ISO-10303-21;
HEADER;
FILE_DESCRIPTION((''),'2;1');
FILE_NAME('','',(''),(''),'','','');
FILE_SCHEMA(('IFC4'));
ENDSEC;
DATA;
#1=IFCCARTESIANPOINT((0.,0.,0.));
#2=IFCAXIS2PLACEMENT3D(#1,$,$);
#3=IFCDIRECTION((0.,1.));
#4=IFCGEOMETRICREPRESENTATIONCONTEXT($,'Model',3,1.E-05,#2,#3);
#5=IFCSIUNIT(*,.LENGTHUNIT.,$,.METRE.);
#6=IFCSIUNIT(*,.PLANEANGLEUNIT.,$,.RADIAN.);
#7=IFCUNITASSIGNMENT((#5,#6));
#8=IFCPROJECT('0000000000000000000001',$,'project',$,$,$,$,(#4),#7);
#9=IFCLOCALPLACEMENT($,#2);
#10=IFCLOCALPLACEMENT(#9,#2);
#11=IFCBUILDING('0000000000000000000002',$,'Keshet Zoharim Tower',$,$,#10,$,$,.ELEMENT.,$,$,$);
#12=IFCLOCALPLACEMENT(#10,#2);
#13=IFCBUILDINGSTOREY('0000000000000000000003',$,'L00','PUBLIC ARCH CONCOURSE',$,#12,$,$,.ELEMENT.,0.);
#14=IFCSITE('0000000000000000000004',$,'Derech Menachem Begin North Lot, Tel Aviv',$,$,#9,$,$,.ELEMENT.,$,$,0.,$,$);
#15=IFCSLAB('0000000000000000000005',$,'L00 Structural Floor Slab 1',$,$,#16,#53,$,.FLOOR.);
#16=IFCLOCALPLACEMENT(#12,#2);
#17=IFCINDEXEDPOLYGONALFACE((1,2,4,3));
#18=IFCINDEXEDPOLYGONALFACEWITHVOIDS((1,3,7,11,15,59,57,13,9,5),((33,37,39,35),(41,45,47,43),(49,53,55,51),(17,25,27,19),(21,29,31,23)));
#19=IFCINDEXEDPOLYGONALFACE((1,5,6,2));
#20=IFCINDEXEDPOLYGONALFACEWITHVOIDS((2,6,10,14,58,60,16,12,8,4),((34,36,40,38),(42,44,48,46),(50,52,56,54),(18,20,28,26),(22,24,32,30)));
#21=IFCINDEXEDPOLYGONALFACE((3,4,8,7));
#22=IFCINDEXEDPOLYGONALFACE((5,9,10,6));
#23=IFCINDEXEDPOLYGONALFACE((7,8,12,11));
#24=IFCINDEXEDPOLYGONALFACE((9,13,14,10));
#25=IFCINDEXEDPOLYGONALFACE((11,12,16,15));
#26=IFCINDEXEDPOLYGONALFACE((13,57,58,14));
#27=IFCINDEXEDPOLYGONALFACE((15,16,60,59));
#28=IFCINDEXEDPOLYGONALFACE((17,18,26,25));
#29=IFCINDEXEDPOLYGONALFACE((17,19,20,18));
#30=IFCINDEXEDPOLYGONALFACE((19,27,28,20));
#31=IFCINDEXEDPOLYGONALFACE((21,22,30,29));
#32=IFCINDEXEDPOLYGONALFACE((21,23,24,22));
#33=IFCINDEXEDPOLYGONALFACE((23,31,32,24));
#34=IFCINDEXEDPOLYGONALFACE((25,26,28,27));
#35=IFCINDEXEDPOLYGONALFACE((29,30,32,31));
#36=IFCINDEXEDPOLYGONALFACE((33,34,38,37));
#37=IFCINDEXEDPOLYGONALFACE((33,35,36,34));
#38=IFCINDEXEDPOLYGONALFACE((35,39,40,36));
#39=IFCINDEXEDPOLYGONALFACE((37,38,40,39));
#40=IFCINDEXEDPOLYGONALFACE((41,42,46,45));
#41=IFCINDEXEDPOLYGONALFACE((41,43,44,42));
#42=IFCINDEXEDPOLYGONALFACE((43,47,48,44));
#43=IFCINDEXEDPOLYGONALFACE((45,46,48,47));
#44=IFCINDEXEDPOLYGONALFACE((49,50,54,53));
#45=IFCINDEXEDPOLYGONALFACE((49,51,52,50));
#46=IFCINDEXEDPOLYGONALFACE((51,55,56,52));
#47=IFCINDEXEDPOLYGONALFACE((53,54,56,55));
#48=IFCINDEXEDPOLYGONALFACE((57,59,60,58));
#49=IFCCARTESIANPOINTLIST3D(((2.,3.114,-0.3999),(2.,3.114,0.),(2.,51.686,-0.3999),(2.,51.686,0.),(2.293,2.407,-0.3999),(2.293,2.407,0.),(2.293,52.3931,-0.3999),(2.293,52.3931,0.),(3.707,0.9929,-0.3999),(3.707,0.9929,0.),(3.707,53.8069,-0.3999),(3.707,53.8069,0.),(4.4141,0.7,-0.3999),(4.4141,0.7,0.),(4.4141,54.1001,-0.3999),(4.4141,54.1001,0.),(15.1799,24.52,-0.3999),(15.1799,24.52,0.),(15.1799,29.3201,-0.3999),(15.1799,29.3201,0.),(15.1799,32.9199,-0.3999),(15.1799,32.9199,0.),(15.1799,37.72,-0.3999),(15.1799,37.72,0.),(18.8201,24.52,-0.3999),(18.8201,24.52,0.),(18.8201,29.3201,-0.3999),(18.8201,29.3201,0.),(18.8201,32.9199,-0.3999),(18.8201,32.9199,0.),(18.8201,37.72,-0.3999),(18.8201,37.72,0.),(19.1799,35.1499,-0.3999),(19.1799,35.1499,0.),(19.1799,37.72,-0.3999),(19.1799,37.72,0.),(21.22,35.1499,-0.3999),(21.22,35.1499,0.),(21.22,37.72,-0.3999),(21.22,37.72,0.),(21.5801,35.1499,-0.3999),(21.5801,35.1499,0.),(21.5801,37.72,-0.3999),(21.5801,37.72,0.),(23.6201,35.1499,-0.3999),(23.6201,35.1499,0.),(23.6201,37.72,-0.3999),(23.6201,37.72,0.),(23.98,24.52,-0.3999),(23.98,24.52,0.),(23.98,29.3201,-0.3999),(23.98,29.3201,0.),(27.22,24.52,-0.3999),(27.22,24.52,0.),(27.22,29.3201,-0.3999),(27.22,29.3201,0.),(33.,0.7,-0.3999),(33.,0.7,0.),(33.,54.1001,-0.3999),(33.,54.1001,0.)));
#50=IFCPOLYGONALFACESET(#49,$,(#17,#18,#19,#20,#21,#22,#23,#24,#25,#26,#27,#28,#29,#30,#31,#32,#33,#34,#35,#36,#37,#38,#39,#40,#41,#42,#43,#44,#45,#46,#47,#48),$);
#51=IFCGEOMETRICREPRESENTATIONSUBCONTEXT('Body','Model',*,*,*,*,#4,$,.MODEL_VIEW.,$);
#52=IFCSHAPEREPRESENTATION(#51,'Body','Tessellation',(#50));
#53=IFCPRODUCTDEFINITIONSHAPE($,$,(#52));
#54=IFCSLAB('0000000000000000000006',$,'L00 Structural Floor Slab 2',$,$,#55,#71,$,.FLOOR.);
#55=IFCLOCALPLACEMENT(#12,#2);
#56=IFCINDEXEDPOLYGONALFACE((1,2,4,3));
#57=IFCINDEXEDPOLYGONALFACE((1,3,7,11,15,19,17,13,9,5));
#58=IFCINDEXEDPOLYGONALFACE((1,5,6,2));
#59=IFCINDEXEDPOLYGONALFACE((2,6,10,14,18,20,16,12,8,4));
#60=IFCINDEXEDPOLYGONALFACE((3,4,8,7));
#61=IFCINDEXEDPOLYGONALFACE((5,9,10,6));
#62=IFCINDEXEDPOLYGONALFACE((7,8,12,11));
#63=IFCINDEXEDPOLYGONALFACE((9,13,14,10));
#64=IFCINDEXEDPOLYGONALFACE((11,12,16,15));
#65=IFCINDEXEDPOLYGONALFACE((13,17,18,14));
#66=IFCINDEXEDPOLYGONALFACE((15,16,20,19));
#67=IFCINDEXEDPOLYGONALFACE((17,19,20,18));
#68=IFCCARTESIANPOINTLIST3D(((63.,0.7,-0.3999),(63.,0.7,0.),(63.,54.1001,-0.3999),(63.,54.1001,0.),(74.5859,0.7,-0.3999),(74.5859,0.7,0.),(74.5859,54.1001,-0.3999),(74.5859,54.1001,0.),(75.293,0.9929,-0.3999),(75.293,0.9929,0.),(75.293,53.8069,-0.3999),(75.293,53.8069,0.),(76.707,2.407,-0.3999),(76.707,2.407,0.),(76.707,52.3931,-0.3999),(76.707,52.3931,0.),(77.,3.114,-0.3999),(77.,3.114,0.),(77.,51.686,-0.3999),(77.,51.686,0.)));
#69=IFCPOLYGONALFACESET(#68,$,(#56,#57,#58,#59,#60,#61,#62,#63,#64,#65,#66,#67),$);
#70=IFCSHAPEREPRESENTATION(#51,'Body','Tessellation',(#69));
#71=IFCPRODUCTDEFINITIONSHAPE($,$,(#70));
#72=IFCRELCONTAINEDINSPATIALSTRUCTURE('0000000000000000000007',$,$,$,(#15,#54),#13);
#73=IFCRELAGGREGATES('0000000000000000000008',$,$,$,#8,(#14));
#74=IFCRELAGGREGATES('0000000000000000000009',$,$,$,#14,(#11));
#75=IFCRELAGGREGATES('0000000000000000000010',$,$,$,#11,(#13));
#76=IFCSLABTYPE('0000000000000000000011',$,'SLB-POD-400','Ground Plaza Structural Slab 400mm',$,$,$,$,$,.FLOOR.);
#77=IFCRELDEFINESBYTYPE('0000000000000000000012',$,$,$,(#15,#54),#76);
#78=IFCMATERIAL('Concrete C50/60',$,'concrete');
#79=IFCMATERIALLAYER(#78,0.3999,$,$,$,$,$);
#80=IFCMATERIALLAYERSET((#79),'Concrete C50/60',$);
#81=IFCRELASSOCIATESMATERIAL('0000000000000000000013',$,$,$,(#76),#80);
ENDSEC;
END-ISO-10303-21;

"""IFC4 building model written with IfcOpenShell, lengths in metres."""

from ifc_helpers import new_model, si_unit, direction, frame, origin, place, context, subcontext, project, spatial, polyline, outline, extrude, material, layer, layer_set, type_object, element, save


model = new_model("IFC4")

# Units and contexts
model_context = context("Model", 3, precision=1e-05, world=origin(), true_north=direction((0.0, 1.0)))
body_context = subcontext(model_context, "Body", "Model", "MODEL_VIEW")
ifc_project = project(units=[si_unit("LENGTHUNIT", "METRE"), si_unit("PLANEANGLEUNIT", "RADIAN")], contexts=[model_context])

# Site, building, storey
site_placement = place(None, origin())
site = spatial("IfcSite", under=ifc_project, at=site_placement, Name="Derech Menachem Begin North Lot, Tel Aviv", CompositionType="ELEMENT", RefElevation=0.0)
building_placement = place(site_placement, origin())
building = spatial("IfcBuilding", under=site, at=building_placement, Name="Keshet Zoharim Tower", CompositionType="ELEMENT")
storey_placement = place(building_placement, origin())
storey = spatial("IfcBuildingStorey", under=building, at=storey_placement, Name="L00", Description="PUBLIC ARCH CONCOURSE", CompositionType="ELEMENT", Elevation=0.0)

# Shared definitions
ifc_material_1 = material(Name="Concrete C50/60", Category="concrete")

# Slabs
ifc_layer_1 = layer(ifc_material_1, 0.3999)
ifc_layer_set_1 = layer_set([ifc_layer_1], Name="Concrete C50/60")
slab_type_1 = type_object("IfcSlabType", Name="SLB-POD-400", Description="Ground Plaza Structural Slab 400mm", PredefinedType="FLOOR", material=ifc_layer_set_1)
slab_1_placement = place(storey_placement, frame((0.0, 0.0, -0.3999)))
element("IfcSlab", 1, at=slab_1_placement, inside=storey, type_object=slab_type_1, Name="L00 Structural Floor Slab 1", PredefinedType="FLOOR", context=body_context, shape_type="SweptSolid", body=[
    extrude(outline(polyline([(2.0, 3.114), (2.0, 51.686), (2.293, 52.3931), (3.707, 53.8069), (4.4141, 54.1001), (33.0, 54.1001), (33.0, 0.7), (4.4141, 0.7), (3.707, 0.9929), (2.293, 2.407), (2.0, 3.114)]), holes=[polyline([(15.1799, 24.52), (18.8201, 24.52), (18.8201, 29.3201), (15.1799, 29.3201), (15.1799, 24.52)]), polyline([(15.1799, 32.9199), (18.8201, 32.9199), (18.8201, 37.72), (15.1799, 37.72), (15.1799, 32.9199)]), polyline([(23.98, 24.52), (27.22, 24.52), (27.22, 29.3201), (23.98, 29.3201), (23.98, 24.52)]), polyline([(19.1799, 35.1499), (21.22, 35.1499), (21.22, 37.72), (19.1799, 37.72), (19.1799, 35.1499)]), polyline([(21.5801, 35.1499), (23.6201, 35.1499), (23.6201, 37.72), (21.5801, 37.72), (21.5801, 35.1499)])]), origin(), (0.0, 0.0, 1.0), 0.3999),
])
slab_2_placement = place(storey_placement, frame((0.0, 0.0, -0.3999)))
element("IfcSlab", 2, at=slab_2_placement, inside=storey, type_object=slab_type_1, Name="L00 Structural Floor Slab 2", PredefinedType="FLOOR", context=body_context, shape_type="SweptSolid", body=[
    extrude(outline(polyline([(74.5859, 54.1001), (75.293, 53.8069), (76.707, 52.3931), (77.0, 51.686), (77.0, 3.114), (76.707, 2.407), (75.293, 0.9929), (74.5859, 0.7), (63.0, 0.7), (63.0, 54.1001), (74.5859, 54.1001)])), origin(), (0.0, 0.0, 1.0), 0.3999),
])

save(model, "model.ifc")
